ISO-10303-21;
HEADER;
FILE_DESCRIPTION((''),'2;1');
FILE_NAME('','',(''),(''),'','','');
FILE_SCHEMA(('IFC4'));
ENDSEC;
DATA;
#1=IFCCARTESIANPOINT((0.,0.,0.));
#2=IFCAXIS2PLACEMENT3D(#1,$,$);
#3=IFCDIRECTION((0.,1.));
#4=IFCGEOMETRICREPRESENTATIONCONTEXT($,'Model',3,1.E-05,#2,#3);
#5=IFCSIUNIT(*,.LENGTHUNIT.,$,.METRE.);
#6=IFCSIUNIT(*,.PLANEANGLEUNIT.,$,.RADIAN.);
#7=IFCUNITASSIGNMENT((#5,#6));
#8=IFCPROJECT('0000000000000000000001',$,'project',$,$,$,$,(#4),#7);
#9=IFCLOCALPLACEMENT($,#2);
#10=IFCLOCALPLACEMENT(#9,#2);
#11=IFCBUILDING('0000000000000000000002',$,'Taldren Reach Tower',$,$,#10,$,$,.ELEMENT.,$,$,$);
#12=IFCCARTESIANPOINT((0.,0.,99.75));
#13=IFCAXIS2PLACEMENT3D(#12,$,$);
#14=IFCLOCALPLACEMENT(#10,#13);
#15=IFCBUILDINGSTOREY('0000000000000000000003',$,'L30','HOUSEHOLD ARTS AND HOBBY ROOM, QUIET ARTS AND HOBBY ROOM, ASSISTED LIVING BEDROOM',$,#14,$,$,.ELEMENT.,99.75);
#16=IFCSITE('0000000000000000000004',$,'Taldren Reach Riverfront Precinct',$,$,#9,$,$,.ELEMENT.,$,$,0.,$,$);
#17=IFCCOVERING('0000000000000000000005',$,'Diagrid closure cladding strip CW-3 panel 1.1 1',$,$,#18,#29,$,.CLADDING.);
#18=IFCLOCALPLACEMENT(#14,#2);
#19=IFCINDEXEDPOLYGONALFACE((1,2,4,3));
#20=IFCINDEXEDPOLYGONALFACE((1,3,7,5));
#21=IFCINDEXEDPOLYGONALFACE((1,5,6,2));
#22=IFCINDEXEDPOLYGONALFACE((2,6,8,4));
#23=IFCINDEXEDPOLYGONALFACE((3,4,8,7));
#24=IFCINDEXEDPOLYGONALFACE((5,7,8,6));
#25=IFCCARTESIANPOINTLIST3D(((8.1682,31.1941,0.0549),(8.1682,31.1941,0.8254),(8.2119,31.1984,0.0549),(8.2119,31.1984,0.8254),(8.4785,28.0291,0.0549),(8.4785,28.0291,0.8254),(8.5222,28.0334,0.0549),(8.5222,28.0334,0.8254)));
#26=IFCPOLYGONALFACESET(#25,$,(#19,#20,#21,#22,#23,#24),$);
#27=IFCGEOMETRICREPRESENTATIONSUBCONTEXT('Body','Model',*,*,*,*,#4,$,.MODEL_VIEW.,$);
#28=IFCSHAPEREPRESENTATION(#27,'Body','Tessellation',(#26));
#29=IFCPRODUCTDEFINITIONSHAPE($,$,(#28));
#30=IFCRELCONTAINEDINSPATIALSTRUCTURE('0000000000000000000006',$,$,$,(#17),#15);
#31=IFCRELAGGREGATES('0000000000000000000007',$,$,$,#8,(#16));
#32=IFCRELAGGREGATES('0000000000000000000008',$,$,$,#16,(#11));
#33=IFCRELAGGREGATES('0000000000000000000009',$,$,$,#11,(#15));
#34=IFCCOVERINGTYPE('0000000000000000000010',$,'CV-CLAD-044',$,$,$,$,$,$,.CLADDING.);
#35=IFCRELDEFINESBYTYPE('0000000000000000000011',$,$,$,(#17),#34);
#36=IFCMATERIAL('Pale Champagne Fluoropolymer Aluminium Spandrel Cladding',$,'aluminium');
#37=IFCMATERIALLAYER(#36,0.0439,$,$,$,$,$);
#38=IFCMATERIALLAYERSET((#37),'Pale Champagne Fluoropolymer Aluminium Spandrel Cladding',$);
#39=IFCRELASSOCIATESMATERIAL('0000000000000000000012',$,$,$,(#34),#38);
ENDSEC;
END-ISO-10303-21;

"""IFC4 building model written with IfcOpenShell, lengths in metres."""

from ifc_helpers import new_model, si_unit, direction, frame, origin, origin_2d, place, context, subcontext, project, spatial, rectangle, extrude, source, transform, mapped, material, layer, layer_set, type_object, element, save


model = new_model("IFC4")

# Units and contexts
model_context = context("Model", 3, precision=1e-05, world=origin(), true_north=direction((0.0, 1.0)))
body_context = subcontext(model_context, "Body", "Model", "MODEL_VIEW")
ifc_project = project(units=[si_unit("LENGTHUNIT", "METRE"), si_unit("PLANEANGLEUNIT", "RADIAN")], contexts=[model_context])

# Site, building, storey
site_placement = place(None, origin())
site = spatial("IfcSite", under=ifc_project, at=site_placement, Name="Taldren Reach Riverfront Precinct", CompositionType="ELEMENT", RefElevation=0.0)
building_placement = place(site_placement, origin())
building = spatial("IfcBuilding", under=site, at=building_placement, Name="Taldren Reach Tower", CompositionType="ELEMENT")
storey_placement = place(building_placement, frame((0.0, 0.0, 99.75)))
storey = spatial("IfcBuildingStorey", under=building, at=storey_placement, Name="L30", Description="HOUSEHOLD ARTS AND HOBBY ROOM, QUIET ARTS AND HOBBY ROOM, ASSISTED LIVING BEDROOM", CompositionType="ELEMENT", Elevation=99.75)

# Covering
ifc_material_1 = material(Name="Pale Champagne Fluoropolymer Aluminium Spandrel Cladding", Category="aluminium")
ifc_layer_1 = layer(ifc_material_1, 0.0439)
ifc_layer_set_1 = layer_set([ifc_layer_1], Name="Pale Champagne Fluoropolymer Aluminium Spandrel Cladding")
covering_type = type_object("IfcCoveringType", Name="CV-CLAD-044", PredefinedType="CLADDING", material=ifc_layer_set_1)
shared_shape_1 = source(origin(), body_context, "Body", "SweptSolid", [
    extrude(rectangle(XDim=3.1802, YDim=0.0439, at=origin_2d()), origin(), (0.0, 0.0, 1.0), 0.7705),
])
covering_1_placement = place(storey_placement, frame((8.3452, 29.6138, 0.0549), z_axis=(0.0, 0.0, 1.0), x_axis=(0.097583, -0.995227, 0.0)))
element("IfcCovering", 1, at=covering_1_placement, inside=storey, type_object=covering_type, Name="Diagrid closure cladding strip CW-3 panel 1.1 1", PredefinedType="CLADDING", context=body_context, shape_type="MappedRepresentation", body=[
    mapped(shared_shape_1, transform((0.0, 0.0, 0.0), scale=1.0)),
])

save(model, "model.ifc")
